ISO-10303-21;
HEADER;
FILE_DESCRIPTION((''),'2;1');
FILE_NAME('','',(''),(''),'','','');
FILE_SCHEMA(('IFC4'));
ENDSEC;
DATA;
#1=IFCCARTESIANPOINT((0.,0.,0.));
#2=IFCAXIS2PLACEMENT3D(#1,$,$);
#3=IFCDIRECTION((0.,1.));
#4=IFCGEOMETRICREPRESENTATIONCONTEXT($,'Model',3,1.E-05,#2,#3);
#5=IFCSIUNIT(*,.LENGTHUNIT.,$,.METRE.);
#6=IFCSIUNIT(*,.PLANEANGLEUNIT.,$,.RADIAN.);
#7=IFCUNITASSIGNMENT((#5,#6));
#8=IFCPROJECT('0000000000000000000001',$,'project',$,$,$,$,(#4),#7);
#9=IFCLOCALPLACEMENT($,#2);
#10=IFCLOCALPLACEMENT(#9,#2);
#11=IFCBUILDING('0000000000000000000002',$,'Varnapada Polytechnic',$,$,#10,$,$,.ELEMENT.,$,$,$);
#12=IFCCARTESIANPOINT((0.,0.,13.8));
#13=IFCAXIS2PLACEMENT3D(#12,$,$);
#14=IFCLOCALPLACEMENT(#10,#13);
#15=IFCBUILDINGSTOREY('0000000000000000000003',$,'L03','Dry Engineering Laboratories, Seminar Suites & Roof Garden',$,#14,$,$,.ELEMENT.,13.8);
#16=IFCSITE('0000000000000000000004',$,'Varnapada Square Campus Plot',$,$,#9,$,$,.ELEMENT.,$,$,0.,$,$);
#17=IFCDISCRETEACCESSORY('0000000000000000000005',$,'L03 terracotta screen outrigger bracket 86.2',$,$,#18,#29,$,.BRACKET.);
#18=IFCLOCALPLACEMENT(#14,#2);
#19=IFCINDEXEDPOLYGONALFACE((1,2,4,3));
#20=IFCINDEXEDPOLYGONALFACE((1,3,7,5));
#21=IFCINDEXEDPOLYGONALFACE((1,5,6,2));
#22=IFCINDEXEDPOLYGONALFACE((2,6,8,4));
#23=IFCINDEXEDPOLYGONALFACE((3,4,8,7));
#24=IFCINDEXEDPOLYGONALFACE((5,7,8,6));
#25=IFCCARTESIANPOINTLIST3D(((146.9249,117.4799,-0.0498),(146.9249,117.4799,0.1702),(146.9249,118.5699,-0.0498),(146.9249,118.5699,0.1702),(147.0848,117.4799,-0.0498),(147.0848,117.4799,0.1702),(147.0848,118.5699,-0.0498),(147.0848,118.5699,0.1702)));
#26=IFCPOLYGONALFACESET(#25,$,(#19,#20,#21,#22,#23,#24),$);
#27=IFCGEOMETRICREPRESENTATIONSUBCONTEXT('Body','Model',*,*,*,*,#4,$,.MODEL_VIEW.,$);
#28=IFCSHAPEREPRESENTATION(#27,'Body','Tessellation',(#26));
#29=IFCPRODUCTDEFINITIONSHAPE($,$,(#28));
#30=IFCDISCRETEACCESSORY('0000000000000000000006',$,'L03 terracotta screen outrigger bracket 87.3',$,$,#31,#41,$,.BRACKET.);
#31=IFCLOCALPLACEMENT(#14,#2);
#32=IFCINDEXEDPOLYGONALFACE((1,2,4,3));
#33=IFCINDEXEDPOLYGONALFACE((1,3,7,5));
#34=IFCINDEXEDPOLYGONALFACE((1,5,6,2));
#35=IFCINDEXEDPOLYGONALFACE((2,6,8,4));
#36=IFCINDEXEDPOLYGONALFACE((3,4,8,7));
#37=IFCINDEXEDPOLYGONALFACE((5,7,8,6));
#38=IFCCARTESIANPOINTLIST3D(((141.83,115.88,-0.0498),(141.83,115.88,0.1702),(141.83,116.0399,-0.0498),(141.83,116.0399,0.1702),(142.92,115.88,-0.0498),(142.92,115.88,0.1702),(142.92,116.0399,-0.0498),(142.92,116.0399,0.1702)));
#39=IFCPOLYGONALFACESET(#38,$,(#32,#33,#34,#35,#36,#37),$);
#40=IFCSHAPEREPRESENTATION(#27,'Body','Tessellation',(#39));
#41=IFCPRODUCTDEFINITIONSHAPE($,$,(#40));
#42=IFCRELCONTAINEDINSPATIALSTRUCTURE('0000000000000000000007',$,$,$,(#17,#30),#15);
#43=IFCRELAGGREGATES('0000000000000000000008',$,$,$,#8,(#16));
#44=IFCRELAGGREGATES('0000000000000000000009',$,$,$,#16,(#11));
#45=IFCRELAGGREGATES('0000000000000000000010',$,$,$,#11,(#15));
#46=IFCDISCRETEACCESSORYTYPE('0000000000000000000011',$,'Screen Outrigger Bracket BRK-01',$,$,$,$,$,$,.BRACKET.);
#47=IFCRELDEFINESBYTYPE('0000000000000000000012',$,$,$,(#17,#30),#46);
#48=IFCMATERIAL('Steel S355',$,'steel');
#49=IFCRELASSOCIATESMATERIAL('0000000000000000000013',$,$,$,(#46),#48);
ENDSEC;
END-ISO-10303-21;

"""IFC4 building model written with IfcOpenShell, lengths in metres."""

from ifc_helpers import new_model, si_unit, direction, frame, origin, origin_2d, place, context, subcontext, project, spatial, rectangle, extrude, material, type_object, element, save


model = new_model("IFC4")

# Units and contexts
model_context = context("Model", 3, precision=1e-05, world=origin(), true_north=direction((0.0, 1.0)))
body_context = subcontext(model_context, "Body", "Model", "MODEL_VIEW")
ifc_project = project(units=[si_unit("LENGTHUNIT", "METRE"), si_unit("PLANEANGLEUNIT", "RADIAN")], contexts=[model_context])

# Site, building, storey
site_placement = place(None, origin())
site = spatial("IfcSite", under=ifc_project, at=site_placement, Name="Varnapada Square Campus Plot", CompositionType="ELEMENT", RefElevation=0.0)
building_placement = place(site_placement, origin())
building = spatial("IfcBuilding", under=site, at=building_placement, Name="Varnapada Polytechnic", CompositionType="ELEMENT")
storey_placement = place(building_placement, frame((0.0, 0.0, 13.8)))
storey = spatial("IfcBuildingStorey", under=building, at=storey_placement, Name="L03", Description="Dry Engineering Laboratories, Seminar Suites & Roof Garden", CompositionType="ELEMENT", Elevation=13.8)

# Discrete accessories
ifc_material_1 = material(Name="Steel S355", Category="steel")
discrete_accessory_type = type_object("IfcDiscreteAccessoryType", Name="Screen Outrigger Bracket BRK-01", PredefinedType="BRACKET", material=ifc_material_1)
for number, where, z_axis, x_axis, name in (
    (1, (147.0049, 118.0249, -0.0498), (0.0, 0.0, 1.0), (1.0, 0.0, 0.0), "L03 terracotta screen outrigger bracket 86.2"),
    (2, (142.375, 115.96, -0.0498), (0.0, 0.0, 1.0), (0.0, 1.0, 0.0), "L03 terracotta screen outrigger bracket 87.3"),
):
    element("IfcDiscreteAccessory", number, at=place(storey_placement, frame(where, z_axis=z_axis, x_axis=x_axis)), inside=storey, type_object=discrete_accessory_type, Name=name, PredefinedType="BRACKET", context=body_context, shape_type="SweptSolid", body=[
        extrude(rectangle(XDim=0.1599, YDim=1.0901, at=origin_2d()), origin(), (0.0, 0.0, 1.0), 0.22),
    ])

save(model, "model.ifc")
